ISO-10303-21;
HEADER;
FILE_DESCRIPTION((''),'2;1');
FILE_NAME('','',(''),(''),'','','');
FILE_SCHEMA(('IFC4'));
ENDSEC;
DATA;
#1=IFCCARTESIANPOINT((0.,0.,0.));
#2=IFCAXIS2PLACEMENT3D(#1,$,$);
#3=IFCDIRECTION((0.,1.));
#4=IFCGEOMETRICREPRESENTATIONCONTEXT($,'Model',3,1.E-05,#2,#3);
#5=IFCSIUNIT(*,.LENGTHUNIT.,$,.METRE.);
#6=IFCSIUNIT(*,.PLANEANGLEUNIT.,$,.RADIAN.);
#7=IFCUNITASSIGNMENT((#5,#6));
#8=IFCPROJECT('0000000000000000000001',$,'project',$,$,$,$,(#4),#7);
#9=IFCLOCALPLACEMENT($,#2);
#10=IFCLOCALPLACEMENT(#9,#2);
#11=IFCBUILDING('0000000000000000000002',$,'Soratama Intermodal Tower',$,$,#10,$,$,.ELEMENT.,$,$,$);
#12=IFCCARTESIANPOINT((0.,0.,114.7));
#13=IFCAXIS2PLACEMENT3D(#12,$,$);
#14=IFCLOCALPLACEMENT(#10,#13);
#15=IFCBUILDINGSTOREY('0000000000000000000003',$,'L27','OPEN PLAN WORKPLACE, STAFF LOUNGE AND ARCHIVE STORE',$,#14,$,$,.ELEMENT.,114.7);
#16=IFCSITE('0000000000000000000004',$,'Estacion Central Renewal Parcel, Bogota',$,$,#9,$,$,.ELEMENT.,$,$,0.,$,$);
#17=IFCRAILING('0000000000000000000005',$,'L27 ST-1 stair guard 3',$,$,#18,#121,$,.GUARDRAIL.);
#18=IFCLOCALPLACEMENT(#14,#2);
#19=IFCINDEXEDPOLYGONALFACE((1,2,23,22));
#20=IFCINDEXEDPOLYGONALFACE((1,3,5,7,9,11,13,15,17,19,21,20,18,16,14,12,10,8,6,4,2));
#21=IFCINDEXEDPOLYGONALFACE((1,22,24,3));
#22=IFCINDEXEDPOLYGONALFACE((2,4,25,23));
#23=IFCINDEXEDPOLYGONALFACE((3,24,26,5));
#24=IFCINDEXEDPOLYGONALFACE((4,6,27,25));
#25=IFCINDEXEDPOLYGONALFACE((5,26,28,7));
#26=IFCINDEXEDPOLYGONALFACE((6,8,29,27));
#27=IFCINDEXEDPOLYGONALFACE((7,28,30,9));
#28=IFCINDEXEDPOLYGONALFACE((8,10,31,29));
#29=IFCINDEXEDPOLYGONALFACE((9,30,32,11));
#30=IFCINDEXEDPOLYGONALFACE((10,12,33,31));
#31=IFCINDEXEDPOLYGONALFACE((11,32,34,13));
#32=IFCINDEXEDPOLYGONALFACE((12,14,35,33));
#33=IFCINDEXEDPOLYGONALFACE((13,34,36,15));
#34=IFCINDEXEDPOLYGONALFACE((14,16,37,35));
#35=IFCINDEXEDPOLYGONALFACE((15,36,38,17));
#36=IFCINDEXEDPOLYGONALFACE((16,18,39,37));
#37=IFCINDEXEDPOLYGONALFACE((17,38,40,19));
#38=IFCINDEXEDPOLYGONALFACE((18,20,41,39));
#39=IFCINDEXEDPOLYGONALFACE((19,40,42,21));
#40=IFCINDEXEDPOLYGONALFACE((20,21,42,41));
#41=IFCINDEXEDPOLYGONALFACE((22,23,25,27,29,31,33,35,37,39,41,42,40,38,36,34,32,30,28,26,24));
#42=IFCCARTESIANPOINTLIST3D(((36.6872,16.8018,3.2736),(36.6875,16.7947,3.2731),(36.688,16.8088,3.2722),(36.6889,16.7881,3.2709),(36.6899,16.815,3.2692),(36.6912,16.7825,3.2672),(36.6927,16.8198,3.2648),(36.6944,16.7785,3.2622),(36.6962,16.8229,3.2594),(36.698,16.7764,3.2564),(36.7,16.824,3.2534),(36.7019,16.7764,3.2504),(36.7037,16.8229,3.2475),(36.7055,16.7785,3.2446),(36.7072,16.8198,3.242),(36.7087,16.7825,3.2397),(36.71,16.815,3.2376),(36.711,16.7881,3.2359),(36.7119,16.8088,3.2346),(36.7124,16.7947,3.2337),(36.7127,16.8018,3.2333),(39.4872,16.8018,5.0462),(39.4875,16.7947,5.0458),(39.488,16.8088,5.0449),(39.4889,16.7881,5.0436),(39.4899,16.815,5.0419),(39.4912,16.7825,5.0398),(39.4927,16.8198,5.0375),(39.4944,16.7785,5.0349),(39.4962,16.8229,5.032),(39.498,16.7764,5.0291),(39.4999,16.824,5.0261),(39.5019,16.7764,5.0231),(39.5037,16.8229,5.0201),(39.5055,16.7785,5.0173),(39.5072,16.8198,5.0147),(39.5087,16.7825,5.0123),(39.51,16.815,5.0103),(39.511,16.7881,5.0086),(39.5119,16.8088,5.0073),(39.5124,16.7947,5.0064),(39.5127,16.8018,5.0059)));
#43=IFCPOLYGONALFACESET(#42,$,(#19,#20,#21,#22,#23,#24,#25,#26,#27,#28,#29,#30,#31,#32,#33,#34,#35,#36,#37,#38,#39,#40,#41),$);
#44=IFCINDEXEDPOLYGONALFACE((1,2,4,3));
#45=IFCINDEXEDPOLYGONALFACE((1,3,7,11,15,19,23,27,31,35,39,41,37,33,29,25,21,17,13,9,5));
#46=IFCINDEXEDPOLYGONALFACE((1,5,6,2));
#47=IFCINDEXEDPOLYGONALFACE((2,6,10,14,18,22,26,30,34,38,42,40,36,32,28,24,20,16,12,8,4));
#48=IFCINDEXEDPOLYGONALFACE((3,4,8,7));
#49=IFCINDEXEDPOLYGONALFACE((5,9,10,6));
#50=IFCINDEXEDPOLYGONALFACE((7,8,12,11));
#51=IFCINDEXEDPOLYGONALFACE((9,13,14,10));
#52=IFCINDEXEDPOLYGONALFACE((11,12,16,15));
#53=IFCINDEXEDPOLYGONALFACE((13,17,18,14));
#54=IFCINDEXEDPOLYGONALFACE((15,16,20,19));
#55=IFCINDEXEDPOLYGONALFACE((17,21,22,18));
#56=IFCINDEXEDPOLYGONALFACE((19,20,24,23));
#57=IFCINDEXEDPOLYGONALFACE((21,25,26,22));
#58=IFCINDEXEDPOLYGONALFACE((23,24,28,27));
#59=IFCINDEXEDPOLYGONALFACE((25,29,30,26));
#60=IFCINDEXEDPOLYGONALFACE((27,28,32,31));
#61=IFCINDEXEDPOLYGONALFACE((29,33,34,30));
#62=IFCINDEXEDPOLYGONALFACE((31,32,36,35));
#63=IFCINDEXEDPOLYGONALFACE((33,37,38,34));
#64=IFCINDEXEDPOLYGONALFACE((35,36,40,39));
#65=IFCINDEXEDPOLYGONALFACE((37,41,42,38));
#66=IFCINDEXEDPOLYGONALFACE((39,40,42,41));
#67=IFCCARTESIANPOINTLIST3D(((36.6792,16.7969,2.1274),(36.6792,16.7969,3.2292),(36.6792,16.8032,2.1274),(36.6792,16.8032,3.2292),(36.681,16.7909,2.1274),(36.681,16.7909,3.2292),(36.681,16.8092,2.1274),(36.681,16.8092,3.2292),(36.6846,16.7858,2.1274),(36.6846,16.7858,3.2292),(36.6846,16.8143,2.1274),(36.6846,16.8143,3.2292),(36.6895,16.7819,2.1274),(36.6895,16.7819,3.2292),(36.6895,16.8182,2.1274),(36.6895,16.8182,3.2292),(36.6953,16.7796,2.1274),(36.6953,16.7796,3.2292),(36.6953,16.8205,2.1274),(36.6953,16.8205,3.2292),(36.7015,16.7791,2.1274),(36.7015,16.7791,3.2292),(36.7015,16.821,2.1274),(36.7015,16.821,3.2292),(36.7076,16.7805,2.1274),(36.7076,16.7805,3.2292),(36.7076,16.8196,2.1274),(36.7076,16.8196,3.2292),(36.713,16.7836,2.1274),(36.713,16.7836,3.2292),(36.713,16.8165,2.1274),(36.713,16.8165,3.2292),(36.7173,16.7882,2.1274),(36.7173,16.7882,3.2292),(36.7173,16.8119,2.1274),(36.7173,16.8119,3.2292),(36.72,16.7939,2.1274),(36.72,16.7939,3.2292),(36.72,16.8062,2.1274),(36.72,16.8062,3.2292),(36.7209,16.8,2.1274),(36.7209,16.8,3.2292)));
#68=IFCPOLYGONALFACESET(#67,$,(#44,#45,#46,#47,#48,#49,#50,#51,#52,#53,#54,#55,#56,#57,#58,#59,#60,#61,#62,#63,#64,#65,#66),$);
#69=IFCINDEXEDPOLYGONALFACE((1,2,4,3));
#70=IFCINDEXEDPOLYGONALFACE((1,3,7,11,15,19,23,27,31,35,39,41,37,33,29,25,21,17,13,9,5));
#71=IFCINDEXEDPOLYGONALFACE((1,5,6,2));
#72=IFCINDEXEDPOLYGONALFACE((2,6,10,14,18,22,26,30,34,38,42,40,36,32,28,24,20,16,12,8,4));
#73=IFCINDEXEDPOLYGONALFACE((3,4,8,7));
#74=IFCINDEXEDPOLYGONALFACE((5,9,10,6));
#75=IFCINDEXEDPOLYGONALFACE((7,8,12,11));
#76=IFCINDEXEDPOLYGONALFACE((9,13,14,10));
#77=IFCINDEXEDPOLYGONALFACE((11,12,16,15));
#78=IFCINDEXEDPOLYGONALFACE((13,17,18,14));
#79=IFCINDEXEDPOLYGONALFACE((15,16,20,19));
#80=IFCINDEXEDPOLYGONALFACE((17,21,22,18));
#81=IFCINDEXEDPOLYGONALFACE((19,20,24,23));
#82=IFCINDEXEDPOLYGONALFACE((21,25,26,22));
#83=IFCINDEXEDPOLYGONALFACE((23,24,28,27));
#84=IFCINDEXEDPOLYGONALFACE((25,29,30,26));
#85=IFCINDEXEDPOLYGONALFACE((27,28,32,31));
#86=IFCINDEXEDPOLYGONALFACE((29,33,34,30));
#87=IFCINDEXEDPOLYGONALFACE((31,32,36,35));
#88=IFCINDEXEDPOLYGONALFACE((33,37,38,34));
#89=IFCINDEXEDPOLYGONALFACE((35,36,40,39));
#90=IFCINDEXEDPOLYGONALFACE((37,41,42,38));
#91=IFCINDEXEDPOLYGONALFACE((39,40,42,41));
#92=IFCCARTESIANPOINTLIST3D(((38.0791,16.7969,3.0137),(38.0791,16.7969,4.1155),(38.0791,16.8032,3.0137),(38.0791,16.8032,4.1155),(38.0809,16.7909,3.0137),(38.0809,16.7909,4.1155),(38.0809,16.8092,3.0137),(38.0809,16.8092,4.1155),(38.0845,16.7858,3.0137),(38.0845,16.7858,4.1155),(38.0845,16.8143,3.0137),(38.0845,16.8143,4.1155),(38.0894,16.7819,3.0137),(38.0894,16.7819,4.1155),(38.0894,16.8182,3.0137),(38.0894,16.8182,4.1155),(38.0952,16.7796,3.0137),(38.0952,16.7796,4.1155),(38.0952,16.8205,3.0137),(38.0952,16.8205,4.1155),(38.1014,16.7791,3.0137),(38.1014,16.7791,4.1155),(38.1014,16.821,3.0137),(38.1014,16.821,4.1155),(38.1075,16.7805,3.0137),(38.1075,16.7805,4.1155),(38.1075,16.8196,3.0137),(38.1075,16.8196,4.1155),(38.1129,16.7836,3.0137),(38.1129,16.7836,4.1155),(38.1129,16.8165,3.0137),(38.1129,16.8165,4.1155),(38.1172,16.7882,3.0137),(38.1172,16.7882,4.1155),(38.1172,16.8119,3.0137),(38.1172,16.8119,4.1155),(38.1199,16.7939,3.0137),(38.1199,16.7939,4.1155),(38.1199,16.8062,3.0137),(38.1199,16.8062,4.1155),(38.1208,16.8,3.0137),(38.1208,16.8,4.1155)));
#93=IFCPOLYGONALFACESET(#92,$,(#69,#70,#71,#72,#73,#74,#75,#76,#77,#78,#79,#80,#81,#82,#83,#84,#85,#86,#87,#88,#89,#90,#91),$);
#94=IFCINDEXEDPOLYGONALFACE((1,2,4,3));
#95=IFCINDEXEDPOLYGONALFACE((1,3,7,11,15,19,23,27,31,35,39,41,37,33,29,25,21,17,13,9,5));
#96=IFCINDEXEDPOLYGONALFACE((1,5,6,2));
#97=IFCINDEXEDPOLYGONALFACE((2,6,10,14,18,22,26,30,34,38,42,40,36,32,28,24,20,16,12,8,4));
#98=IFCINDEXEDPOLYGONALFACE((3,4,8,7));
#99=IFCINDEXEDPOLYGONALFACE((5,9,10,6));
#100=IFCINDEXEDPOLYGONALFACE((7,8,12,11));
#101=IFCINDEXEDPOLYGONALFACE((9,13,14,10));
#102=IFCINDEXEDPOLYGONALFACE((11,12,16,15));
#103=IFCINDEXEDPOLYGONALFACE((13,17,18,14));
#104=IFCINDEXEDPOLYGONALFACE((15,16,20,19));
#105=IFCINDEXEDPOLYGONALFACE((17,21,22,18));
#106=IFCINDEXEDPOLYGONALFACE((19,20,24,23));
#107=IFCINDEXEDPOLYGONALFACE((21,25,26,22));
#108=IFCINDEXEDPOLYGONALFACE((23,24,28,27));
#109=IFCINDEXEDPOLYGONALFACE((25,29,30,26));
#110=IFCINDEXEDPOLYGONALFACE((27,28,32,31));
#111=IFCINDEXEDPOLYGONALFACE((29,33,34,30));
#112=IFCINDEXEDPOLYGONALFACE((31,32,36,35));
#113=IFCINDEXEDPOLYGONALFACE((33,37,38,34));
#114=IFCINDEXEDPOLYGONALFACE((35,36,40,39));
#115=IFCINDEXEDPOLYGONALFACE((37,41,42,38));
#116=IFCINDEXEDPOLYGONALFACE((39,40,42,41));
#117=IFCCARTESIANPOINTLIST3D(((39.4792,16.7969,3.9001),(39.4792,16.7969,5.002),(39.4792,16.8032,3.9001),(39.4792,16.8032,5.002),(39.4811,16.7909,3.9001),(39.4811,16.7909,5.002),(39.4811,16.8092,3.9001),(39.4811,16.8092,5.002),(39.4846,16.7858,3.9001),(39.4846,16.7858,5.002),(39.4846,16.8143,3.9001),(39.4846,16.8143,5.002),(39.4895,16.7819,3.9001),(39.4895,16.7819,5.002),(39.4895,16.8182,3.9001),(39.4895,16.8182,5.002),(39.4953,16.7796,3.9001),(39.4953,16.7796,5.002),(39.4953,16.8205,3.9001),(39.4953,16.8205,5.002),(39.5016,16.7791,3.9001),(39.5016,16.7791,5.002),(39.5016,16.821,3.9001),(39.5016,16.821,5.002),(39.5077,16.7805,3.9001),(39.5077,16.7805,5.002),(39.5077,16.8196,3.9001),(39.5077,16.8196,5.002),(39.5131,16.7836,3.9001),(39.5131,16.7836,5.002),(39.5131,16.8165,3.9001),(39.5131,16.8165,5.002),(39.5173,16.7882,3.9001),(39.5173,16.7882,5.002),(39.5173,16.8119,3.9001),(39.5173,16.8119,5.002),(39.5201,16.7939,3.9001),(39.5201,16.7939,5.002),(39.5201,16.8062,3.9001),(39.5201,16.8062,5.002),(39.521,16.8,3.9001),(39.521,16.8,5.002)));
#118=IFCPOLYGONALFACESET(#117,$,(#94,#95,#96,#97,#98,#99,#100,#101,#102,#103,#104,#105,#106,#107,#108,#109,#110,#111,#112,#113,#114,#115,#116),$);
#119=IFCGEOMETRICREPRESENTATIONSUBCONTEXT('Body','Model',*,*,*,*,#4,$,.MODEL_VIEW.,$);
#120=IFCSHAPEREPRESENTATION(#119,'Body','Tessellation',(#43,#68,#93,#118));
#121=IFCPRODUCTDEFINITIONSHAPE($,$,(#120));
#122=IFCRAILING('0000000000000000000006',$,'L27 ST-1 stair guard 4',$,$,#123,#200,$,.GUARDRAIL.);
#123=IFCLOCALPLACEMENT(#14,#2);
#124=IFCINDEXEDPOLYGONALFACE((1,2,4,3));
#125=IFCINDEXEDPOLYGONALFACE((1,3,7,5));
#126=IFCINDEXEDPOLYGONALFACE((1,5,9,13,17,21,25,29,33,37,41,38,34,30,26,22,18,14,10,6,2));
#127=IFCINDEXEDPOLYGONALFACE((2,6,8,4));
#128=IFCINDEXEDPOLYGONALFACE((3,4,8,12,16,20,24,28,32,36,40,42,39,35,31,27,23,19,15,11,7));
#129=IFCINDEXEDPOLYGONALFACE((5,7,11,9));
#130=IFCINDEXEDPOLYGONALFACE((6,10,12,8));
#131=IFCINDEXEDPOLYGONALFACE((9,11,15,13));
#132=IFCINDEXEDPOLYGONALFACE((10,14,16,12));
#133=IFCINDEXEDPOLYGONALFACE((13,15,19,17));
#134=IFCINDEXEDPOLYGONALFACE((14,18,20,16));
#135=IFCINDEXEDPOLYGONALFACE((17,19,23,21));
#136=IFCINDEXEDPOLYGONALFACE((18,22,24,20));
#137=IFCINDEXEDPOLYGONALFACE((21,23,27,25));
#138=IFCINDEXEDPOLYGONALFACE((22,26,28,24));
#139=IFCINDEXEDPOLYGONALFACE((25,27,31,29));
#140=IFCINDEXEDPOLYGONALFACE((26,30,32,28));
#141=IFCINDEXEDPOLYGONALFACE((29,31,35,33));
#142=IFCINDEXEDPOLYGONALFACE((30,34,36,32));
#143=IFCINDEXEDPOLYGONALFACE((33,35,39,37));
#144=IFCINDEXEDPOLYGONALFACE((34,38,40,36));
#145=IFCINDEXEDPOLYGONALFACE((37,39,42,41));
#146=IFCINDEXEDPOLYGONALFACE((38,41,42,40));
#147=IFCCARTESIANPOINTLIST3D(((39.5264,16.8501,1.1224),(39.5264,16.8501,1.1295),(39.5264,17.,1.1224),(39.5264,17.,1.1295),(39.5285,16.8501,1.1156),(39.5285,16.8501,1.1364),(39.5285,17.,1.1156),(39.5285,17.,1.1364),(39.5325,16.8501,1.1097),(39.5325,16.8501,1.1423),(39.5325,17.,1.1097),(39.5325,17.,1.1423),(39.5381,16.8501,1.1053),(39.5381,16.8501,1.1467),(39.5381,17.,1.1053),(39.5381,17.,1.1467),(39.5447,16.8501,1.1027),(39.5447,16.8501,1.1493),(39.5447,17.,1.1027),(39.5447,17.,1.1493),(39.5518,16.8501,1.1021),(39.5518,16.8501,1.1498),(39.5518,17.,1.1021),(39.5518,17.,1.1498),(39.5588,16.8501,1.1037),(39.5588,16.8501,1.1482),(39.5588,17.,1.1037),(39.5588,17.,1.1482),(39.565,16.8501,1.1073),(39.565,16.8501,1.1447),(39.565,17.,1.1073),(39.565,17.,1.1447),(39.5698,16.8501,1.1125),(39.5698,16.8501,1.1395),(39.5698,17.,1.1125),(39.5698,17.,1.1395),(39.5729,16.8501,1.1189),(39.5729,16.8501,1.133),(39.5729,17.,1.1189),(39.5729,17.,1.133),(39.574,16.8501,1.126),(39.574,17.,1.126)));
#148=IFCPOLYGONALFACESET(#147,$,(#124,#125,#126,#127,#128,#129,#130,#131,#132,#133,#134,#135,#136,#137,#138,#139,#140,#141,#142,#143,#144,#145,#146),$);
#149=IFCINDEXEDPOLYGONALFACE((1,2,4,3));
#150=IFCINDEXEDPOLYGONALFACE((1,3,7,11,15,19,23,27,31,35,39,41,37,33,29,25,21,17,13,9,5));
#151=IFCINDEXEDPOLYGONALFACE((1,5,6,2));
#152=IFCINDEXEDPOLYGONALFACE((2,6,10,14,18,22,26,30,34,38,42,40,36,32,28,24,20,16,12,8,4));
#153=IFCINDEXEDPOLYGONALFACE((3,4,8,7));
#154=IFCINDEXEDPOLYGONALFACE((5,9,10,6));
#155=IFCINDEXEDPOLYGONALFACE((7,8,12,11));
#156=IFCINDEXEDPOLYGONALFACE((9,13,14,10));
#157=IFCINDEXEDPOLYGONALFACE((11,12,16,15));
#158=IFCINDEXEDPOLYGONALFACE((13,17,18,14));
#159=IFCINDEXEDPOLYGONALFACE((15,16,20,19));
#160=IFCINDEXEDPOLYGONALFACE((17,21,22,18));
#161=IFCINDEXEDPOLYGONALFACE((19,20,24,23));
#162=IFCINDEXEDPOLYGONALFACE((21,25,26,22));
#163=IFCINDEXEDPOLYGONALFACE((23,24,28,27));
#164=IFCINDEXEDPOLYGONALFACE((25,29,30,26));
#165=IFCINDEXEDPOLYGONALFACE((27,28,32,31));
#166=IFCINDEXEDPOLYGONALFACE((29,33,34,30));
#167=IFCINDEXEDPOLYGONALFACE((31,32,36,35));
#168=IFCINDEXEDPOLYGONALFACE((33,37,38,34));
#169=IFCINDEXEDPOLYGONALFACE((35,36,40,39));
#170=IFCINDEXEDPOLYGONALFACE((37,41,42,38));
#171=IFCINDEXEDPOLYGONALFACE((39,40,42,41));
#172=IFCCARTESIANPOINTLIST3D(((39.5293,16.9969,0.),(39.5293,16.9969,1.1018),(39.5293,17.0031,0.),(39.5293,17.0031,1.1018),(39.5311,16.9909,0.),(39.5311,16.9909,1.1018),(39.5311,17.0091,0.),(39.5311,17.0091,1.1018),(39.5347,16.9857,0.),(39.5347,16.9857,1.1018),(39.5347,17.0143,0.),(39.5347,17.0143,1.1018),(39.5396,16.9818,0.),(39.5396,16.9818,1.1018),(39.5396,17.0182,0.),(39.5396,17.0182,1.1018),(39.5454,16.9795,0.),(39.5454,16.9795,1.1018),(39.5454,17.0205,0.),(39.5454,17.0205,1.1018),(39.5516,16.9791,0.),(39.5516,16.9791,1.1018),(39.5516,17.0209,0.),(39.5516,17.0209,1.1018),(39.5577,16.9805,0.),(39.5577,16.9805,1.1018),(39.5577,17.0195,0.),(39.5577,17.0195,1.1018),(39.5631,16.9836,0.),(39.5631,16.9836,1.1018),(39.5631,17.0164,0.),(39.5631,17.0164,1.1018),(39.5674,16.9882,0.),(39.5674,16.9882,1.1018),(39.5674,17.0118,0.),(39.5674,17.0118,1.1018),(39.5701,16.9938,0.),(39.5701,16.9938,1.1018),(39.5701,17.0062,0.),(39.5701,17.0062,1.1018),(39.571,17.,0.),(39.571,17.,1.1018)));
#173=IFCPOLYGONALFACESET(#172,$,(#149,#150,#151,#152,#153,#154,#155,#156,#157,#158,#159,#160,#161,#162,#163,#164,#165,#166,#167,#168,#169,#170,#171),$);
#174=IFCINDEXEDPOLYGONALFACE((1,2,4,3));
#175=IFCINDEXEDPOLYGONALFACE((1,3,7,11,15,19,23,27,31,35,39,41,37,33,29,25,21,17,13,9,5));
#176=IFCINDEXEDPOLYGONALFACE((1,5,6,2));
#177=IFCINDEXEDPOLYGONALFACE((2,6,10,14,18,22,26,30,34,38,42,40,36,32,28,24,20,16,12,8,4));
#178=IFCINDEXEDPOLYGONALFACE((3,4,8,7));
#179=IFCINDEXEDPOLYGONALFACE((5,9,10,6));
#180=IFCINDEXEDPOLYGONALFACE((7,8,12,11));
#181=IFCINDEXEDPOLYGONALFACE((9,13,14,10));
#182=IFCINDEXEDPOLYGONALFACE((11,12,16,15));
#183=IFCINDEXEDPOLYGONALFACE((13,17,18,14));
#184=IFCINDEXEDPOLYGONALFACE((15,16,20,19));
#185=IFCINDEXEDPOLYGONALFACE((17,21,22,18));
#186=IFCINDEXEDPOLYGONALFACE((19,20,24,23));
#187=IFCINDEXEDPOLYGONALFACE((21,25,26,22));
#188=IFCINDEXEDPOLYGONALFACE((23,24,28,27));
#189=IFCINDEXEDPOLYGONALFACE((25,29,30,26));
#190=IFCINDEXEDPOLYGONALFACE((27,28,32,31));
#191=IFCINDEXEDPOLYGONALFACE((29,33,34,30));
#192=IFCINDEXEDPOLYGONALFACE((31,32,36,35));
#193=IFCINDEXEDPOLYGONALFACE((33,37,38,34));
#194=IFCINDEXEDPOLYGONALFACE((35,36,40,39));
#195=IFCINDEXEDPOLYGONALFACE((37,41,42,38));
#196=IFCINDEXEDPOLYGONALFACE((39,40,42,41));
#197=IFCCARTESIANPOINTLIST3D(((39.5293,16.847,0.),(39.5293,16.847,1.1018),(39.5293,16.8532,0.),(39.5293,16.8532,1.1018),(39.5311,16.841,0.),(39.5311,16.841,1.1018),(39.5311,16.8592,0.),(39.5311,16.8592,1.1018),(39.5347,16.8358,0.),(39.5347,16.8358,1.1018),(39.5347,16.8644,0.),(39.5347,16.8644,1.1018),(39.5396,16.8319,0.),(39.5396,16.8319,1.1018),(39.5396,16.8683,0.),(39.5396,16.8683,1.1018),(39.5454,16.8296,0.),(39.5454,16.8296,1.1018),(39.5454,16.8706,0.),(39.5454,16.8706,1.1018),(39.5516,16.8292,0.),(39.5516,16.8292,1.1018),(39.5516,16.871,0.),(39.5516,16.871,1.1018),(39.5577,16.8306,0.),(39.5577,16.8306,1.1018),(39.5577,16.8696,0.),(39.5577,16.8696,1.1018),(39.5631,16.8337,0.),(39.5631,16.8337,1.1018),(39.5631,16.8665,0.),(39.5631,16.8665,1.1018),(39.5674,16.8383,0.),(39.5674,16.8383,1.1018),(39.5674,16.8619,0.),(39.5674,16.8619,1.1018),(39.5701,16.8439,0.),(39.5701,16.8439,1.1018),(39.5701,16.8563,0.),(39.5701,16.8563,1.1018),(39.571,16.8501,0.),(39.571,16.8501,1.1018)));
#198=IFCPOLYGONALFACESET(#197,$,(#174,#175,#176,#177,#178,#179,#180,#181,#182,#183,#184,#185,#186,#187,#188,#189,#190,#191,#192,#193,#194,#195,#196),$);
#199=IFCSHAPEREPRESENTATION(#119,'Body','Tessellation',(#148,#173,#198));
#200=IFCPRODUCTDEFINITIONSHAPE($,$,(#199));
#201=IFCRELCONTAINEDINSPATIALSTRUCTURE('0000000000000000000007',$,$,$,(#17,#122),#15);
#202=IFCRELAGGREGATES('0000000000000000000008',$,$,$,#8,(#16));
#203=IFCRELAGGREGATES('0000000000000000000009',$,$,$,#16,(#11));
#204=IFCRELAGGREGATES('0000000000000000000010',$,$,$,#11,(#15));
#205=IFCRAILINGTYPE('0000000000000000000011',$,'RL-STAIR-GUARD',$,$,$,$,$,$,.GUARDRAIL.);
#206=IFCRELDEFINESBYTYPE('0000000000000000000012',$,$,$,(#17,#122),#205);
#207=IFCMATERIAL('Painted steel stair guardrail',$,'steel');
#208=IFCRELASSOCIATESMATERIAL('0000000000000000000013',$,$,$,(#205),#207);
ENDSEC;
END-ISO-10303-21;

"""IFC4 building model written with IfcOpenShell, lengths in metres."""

from ifc_helpers import new_model, si_unit, direction, frame, origin, origin_2d, place, context, subcontext, project, spatial, circle, extrude, material, type_object, element, save


model = new_model("IFC4")

# Units and contexts
model_context = context("Model", 3, precision=1e-05, world=origin(), true_north=direction((0.0, 1.0)))
body_context = subcontext(model_context, "Body", "Model", "MODEL_VIEW")
ifc_project = project(units=[si_unit("LENGTHUNIT", "METRE"), si_unit("PLANEANGLEUNIT", "RADIAN")], contexts=[model_context])

# Site, building, storey
site_placement = place(None, origin())
site = spatial("IfcSite", under=ifc_project, at=site_placement, Name="Estacion Central Renewal Parcel, Bogota", CompositionType="ELEMENT", RefElevation=0.0)
building_placement = place(site_placement, origin())
building = spatial("IfcBuilding", under=site, at=building_placement, Name="Soratama Intermodal Tower", CompositionType="ELEMENT")
storey_placement = place(building_placement, frame((0.0, 0.0, 114.7)))
storey = spatial("IfcBuildingStorey", under=building, at=storey_placement, Name="L27", Description="OPEN PLAN WORKPLACE, STAFF LOUNGE AND ARCHIVE STORE", CompositionType="ELEMENT", Elevation=114.7)

# Railings
ifc_material_1 = material(Name="Painted steel stair guardrail", Category="steel")
railing_type_1 = type_object("IfcRailingType", Name="RL-STAIR-GUARD", PredefinedType="GUARDRAIL", material=ifc_material_1)
railing_1_placement = place(storey_placement, frame((36.7, 16.8, 2.1274)))
element("IfcRailing", 1, at=railing_1_placement, inside=storey, type_object=railing_type_1, Name="L27 ST-1 stair guard 3", PredefinedType="GUARDRAIL", context=body_context, shape_type="SweptSolid", body=[
    extrude(circle(Radius=0.0239, at=origin_2d()), frame((0.0, 0.0, 1.126), z_axis=(0.844909, 0.0, 0.53491), x_axis=(0.0, 1.0, 0.0)), (0.0, 0.0, 1.0), 3.314),
    extrude(circle(Radius=0.021, at=origin_2d()), origin(), (0.0, 0.0, 1.0), 1.1018),
    extrude(circle(Radius=0.021, at=origin_2d()), frame((1.3999, 0.0, 0.8862)), (0.0, 0.0, 1.0), 1.1018),
    extrude(circle(Radius=0.021, at=origin_2d()), frame((2.8, 0.0, 1.7727)), (0.0, 0.0, 1.0), 1.1018),
])
railing_2_placement = place(storey_placement, frame((39.55, 17.0, 0.0)))
element("IfcRailing", 2, at=railing_2_placement, inside=storey, type_object=railing_type_1, Name="L27 ST-1 stair guard 4", PredefinedType="GUARDRAIL", context=body_context, shape_type="SweptSolid", body=[
    extrude(circle(Radius=0.0239, at=origin_2d()), frame((0.0, 0.0, 1.126), z_axis=(0.0, -1.0, 0.0), x_axis=(1.0, 0.0, 0.0)), (0.0, 0.0, 1.0), 0.1499),
    extrude(circle(Radius=0.021, at=origin_2d()), origin(), (0.0, 0.0, 1.0), 1.1018),
    extrude(circle(Radius=0.021, at=origin_2d()), frame((0.0, -0.1499, 0.0)), (0.0, 0.0, 1.0), 1.1018),
])

save(model, "model.ifc")
